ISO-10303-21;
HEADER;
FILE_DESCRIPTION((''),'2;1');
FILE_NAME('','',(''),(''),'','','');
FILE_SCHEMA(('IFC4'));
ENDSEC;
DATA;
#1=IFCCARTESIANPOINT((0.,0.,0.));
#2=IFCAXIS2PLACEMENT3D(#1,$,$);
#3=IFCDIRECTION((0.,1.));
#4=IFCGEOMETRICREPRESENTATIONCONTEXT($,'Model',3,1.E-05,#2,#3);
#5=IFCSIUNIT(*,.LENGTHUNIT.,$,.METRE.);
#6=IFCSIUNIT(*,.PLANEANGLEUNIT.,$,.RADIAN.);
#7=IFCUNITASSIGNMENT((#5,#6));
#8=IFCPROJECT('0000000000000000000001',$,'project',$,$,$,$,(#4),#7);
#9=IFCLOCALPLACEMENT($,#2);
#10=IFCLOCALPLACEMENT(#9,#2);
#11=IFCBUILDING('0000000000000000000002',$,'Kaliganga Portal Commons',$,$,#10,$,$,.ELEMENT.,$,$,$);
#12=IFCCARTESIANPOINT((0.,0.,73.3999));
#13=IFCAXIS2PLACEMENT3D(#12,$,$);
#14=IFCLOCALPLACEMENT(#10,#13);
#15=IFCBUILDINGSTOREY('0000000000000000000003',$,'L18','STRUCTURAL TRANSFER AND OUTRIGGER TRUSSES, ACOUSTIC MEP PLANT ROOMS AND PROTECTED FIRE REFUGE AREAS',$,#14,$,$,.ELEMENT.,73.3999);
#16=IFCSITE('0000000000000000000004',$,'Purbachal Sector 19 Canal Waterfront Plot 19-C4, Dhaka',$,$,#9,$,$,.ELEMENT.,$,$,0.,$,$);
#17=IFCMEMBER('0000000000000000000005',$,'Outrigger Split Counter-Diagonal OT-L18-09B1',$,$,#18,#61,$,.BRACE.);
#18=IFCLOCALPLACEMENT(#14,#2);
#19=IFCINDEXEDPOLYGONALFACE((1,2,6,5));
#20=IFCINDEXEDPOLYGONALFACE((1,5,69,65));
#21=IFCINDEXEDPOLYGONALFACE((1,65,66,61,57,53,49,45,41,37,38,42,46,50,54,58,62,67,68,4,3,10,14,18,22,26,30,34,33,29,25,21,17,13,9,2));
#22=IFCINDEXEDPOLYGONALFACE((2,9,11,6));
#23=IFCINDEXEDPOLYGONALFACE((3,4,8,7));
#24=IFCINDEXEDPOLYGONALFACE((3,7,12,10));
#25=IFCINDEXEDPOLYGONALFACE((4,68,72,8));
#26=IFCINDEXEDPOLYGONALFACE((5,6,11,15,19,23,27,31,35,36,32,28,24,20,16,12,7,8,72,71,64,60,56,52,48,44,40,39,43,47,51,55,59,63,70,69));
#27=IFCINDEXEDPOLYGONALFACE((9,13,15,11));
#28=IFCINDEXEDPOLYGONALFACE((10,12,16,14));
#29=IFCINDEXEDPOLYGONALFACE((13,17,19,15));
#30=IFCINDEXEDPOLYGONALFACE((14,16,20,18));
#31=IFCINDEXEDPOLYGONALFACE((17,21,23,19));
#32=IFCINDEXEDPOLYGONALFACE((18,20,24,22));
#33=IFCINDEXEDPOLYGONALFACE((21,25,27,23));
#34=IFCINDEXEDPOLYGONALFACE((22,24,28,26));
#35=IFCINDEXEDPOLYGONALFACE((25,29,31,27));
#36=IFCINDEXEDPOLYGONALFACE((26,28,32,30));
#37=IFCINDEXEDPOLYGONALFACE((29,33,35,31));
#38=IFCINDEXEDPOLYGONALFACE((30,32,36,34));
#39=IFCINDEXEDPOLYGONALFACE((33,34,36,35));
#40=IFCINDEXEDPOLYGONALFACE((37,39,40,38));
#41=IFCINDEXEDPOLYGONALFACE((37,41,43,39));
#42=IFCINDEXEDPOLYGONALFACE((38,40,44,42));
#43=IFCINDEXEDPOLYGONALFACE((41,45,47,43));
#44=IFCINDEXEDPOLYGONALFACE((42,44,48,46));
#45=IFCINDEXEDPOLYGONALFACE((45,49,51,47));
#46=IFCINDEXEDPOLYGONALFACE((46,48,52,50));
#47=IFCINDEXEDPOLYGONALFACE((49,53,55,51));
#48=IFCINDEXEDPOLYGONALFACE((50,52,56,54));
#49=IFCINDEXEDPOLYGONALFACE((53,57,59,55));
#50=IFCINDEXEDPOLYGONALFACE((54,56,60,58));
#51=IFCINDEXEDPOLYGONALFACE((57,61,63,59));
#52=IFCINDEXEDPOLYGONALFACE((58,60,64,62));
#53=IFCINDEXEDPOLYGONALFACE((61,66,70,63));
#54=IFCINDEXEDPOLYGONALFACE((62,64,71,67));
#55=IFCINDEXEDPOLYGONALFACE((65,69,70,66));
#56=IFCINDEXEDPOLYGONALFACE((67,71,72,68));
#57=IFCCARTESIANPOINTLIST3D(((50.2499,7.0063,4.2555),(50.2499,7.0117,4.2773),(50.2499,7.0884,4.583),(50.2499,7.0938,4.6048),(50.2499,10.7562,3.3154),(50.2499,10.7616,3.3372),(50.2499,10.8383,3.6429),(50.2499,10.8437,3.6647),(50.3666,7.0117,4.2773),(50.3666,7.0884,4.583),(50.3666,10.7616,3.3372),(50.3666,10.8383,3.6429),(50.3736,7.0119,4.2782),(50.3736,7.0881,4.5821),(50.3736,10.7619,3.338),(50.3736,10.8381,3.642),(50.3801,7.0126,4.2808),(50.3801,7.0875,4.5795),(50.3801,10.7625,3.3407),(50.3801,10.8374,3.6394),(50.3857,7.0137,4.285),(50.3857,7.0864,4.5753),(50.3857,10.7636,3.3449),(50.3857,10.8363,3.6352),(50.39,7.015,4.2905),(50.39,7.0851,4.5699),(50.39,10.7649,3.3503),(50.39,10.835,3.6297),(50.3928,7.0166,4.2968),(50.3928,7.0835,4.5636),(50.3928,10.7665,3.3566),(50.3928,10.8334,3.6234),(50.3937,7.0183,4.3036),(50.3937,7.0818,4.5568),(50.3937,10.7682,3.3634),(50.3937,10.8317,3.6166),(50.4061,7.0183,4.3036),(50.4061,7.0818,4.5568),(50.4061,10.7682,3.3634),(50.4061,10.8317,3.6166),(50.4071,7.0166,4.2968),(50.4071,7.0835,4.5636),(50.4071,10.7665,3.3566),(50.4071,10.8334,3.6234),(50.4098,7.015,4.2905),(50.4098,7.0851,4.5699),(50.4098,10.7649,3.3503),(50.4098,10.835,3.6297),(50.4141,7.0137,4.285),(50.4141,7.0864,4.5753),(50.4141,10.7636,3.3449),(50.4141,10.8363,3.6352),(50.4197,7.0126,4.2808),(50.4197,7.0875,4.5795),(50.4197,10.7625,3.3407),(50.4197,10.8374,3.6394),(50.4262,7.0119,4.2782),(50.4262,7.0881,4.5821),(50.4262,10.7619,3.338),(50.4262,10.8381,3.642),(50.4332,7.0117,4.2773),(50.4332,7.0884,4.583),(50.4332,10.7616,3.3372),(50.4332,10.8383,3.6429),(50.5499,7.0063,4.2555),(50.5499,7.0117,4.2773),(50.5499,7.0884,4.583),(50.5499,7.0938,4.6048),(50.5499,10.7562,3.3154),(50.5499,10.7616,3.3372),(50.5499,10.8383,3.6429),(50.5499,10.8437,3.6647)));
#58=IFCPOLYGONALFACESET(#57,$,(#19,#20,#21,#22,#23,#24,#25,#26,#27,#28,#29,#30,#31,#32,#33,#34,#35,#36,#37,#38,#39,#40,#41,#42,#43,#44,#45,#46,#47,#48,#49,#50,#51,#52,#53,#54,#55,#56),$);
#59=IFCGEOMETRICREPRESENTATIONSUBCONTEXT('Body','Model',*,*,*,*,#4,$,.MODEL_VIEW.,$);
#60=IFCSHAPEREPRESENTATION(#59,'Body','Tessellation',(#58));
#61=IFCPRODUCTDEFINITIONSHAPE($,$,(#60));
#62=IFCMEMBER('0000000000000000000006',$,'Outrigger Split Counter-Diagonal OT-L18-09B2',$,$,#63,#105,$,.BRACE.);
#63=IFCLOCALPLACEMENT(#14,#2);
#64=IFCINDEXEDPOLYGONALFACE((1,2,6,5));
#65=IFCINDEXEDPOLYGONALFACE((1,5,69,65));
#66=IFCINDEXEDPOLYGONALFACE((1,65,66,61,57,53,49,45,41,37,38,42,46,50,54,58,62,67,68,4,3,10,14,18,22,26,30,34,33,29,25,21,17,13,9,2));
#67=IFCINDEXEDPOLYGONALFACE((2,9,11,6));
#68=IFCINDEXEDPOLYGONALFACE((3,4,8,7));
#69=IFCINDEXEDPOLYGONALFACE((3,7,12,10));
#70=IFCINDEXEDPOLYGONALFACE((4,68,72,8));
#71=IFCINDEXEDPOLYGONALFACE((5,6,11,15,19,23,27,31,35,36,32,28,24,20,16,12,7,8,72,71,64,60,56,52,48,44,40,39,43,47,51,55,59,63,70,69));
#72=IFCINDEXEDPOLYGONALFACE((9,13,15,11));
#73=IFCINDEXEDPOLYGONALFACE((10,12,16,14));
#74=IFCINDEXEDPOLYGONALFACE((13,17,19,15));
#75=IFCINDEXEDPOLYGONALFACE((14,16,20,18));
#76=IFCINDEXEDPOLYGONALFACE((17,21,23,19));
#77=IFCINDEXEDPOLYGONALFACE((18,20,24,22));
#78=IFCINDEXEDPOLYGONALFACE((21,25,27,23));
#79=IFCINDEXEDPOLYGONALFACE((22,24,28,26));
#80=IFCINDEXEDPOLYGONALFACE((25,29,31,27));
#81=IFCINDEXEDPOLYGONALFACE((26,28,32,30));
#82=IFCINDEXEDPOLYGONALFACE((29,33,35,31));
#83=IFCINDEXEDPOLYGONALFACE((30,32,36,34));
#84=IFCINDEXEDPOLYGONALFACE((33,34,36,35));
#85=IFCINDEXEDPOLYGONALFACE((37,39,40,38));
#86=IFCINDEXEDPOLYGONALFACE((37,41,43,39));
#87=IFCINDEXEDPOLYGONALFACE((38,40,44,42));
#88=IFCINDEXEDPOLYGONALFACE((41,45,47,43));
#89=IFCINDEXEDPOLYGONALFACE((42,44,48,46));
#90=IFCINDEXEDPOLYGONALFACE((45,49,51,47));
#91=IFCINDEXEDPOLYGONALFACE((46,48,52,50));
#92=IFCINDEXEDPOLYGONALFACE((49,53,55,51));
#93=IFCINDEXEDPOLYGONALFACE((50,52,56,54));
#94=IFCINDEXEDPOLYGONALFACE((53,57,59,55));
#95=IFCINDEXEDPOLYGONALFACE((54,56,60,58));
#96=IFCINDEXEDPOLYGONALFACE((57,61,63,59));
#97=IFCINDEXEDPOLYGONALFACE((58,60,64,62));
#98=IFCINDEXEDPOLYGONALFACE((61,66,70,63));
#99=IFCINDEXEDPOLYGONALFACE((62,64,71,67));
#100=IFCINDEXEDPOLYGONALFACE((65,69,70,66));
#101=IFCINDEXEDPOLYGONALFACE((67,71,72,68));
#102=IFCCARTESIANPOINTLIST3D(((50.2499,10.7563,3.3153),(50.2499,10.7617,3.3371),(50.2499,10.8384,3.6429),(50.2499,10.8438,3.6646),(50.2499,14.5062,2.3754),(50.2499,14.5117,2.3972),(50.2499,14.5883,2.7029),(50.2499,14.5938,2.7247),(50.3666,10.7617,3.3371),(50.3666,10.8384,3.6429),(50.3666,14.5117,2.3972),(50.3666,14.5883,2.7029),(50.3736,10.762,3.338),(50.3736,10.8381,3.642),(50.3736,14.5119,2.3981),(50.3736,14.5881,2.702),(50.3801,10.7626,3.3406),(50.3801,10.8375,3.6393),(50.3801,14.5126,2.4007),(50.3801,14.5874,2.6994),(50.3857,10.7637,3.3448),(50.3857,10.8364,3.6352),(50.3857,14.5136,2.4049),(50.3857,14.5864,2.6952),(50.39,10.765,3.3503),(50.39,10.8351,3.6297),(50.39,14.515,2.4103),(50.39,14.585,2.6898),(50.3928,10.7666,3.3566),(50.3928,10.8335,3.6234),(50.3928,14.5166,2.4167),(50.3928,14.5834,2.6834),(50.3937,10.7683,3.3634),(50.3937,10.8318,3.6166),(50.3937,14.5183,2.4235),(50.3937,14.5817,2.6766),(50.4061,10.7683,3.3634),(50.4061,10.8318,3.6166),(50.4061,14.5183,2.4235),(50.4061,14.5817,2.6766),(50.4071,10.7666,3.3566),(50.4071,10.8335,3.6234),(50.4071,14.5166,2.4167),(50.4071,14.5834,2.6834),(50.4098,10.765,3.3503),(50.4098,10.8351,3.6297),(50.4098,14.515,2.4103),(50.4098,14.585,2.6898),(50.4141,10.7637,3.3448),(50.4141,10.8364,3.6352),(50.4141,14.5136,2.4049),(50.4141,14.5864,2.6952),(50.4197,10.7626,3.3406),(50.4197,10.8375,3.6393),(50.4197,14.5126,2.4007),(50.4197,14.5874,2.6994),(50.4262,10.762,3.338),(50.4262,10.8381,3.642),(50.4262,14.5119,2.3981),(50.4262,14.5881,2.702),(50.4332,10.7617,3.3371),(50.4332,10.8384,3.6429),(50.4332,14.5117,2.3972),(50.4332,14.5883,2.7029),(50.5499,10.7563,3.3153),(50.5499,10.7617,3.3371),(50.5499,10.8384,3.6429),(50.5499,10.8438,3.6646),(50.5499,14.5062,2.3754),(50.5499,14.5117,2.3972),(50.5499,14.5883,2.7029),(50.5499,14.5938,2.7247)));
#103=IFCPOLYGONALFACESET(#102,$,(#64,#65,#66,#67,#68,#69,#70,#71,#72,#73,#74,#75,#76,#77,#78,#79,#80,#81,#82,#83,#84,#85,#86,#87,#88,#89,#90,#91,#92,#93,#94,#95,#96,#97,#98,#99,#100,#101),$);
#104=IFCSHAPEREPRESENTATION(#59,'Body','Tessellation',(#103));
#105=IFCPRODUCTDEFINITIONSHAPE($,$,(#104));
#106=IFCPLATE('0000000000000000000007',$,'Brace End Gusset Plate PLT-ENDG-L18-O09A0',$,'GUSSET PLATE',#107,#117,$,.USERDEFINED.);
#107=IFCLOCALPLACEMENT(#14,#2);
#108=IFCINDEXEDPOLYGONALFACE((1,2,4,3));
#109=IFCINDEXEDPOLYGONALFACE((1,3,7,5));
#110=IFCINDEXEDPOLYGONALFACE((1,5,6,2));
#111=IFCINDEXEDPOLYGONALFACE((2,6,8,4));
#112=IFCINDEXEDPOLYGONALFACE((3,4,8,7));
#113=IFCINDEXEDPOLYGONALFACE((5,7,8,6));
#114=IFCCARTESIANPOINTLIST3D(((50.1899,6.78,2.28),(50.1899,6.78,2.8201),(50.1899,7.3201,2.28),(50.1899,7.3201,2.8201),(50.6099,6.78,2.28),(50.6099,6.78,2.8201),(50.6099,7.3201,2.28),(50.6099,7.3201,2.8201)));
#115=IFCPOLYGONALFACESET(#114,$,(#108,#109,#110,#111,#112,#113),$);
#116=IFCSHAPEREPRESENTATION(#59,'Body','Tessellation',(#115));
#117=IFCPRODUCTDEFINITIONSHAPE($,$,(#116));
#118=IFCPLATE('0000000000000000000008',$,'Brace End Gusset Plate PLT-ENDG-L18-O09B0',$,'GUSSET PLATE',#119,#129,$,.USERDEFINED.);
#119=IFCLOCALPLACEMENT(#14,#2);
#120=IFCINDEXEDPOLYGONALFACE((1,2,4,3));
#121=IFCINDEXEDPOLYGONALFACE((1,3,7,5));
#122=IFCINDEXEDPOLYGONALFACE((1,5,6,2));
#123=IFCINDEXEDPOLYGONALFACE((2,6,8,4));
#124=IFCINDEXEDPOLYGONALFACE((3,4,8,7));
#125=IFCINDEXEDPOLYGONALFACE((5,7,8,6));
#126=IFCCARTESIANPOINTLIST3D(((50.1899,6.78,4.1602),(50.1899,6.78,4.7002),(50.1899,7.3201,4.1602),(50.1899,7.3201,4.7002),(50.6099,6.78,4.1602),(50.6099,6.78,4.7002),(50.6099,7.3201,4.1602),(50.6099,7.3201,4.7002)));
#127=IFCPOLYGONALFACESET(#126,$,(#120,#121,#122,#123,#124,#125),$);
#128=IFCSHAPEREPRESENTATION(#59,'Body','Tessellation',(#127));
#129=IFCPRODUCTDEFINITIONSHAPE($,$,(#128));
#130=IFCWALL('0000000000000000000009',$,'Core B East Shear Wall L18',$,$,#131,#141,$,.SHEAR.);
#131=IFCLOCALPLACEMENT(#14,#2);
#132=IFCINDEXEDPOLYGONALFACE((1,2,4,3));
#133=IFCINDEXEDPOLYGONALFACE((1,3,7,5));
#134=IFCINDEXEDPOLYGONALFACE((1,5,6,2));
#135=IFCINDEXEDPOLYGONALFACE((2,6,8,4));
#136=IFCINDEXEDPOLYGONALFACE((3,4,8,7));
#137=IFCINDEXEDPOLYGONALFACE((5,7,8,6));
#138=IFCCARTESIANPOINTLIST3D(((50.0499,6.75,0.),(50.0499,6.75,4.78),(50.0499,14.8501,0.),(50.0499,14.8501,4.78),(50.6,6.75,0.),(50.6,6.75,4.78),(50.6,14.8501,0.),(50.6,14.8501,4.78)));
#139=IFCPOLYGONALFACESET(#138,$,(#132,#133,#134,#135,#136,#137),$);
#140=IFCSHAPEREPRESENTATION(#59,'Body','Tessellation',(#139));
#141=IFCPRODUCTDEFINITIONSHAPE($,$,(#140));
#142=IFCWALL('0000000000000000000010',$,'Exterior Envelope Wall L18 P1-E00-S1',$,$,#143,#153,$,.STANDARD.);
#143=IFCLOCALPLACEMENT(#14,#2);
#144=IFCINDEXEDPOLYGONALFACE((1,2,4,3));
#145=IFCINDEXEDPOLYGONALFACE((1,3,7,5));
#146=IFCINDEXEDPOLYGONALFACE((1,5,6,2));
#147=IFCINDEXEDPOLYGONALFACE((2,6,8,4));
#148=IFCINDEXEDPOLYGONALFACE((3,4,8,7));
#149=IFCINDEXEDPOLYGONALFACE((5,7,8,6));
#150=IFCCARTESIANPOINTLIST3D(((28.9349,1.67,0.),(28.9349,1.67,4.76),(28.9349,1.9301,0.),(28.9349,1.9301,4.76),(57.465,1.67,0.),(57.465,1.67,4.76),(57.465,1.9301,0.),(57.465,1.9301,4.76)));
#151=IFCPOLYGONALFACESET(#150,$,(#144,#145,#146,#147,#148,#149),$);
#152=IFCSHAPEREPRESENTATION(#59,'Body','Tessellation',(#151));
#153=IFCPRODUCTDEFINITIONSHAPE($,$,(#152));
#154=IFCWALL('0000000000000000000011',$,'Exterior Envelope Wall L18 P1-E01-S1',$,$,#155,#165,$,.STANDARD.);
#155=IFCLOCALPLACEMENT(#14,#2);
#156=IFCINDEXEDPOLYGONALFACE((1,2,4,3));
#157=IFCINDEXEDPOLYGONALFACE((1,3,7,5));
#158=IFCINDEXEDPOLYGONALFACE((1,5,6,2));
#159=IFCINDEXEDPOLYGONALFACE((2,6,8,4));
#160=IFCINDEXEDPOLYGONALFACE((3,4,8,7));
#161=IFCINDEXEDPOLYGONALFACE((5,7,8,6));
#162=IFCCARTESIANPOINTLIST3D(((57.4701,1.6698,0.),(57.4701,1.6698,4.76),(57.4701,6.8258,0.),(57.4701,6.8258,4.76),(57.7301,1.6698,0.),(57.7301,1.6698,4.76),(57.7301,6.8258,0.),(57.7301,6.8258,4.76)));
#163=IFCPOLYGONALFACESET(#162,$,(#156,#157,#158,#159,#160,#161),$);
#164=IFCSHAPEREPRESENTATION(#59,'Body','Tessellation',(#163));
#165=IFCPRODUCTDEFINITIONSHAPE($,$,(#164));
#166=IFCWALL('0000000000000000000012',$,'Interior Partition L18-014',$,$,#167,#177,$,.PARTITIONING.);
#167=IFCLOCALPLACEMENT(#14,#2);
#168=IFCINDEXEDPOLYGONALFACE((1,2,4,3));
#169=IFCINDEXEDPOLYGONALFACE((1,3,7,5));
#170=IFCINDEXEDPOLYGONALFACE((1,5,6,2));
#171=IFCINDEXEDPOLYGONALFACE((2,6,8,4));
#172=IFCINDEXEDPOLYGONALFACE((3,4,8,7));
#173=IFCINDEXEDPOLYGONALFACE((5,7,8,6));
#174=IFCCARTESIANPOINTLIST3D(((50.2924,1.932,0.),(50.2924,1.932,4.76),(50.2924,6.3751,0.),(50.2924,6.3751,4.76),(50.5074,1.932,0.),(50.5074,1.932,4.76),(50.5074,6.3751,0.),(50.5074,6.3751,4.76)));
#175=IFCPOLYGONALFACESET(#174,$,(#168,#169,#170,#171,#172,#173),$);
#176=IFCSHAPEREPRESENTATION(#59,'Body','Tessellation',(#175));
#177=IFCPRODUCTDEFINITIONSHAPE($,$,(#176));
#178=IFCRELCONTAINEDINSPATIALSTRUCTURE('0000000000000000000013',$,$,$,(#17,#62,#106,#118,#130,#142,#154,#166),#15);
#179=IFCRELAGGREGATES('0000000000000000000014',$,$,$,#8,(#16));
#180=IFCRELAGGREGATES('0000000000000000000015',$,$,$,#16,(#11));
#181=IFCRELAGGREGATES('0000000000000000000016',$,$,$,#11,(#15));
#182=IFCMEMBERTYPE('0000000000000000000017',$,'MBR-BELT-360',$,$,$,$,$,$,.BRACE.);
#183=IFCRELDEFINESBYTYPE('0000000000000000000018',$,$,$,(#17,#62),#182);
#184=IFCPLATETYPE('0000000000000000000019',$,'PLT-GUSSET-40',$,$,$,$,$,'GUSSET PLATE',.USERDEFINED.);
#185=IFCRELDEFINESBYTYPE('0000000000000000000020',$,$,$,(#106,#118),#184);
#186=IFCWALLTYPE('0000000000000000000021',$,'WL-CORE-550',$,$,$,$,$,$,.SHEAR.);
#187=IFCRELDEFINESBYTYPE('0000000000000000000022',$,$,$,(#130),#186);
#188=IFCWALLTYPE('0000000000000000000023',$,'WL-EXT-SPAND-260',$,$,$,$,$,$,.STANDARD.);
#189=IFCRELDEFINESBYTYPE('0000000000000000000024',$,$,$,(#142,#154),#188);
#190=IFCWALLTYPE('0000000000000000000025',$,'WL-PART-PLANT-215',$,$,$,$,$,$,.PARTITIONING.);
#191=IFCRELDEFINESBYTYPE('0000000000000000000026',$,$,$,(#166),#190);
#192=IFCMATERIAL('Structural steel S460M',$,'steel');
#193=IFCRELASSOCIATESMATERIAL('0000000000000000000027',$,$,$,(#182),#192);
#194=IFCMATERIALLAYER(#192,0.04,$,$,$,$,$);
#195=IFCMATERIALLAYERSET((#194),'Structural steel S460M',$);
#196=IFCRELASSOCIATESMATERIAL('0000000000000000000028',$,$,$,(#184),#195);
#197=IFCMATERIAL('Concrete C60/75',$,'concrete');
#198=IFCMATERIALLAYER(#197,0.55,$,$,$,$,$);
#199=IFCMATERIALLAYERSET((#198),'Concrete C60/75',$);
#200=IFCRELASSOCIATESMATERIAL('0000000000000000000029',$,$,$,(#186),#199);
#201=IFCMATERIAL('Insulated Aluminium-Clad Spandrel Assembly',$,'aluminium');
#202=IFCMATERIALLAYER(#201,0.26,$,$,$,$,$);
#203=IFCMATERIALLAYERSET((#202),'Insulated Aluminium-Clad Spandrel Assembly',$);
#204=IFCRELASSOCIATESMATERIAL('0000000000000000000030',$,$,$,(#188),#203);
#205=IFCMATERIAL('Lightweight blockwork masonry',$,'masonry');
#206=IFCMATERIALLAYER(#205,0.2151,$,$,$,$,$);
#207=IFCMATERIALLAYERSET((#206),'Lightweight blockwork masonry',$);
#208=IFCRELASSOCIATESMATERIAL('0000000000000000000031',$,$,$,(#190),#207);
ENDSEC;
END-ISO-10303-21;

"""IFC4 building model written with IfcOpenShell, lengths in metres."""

from ifc_helpers import new_model, si_unit, direction, frame, frame_2d, origin, origin_2d, place, context, subcontext, project, spatial, rectangle, i_section, extrude, source, transform, mapped, material, layer, layer_set, material_profile, profile_set, type_object, element, save


model = new_model("IFC4")

# Units and contexts
model_context = context("Model", 3, precision=1e-05, world=origin(), true_north=direction((0.0, 1.0)))
body_context = subcontext(model_context, "Body", "Model", "MODEL_VIEW")
ifc_project = project(units=[si_unit("LENGTHUNIT", "METRE"), si_unit("PLANEANGLEUNIT", "RADIAN")], contexts=[model_context])

# Site, building, storey
site_placement = place(None, origin())
site = spatial("IfcSite", under=ifc_project, at=site_placement, Name="Purbachal Sector 19 Canal Waterfront Plot 19-C4, Dhaka", CompositionType="ELEMENT", RefElevation=0.0)
building_placement = place(site_placement, origin())
building = spatial("IfcBuilding", under=site, at=building_placement, Name="Kaliganga Portal Commons", CompositionType="ELEMENT")
storey_placement = place(building_placement, frame((0.0, 0.0, 73.3999)))
storey = spatial("IfcBuildingStorey", under=building, at=storey_placement, Name="L18", Description="STRUCTURAL TRANSFER AND OUTRIGGER TRUSSES, ACOUSTIC MEP PLANT ROOMS AND PROTECTED FIRE REFUGE AREAS", CompositionType="ELEMENT", Elevation=73.3999)

# Shared definitions
ifc_material_1 = material(Name="Structural steel S460M", Category="steel")

# Members
ifc_material_profile_1 = material_profile(ifc_material_1, i_section(OverallWidth=0.3, OverallDepth=0.3601, WebThickness=0.0125, FlangeThickness=0.0225, FilletRadius=0.0271, at=origin_2d()), Name="HE 360 B")
ifc_profile_set_1 = profile_set([ifc_material_profile_1], Name="Structural steel S460M wide-flange")
member_type_1 = type_object("IfcMemberType", Name="MBR-BELT-360", PredefinedType="BRACE", material=ifc_profile_set_1)
shared_shape_1 = source(origin(), body_context, "Body", "SweptSolid", [
    extrude(i_section(OverallWidth=0.3, OverallDepth=0.3601, WebThickness=0.0125, FlangeThickness=0.0225, FilletRadius=0.0271, at=origin_2d()), origin(), (0.0, 0.0, 1.0), 3.866),
])
for number, where, z_axis, x_axis, name in (
    (1, (50.3999, 7.05, 4.4302), (0.0, 0.969979, -0.243189), (-1.0, 0.0, 0.0), "Outrigger Split Counter-Diagonal OT-L18-09B1"),
    (2, (50.3999, 10.8, 3.49), (0.0, 0.969994, -0.24313), (-1.0, 0.0, 0.0), "Outrigger Split Counter-Diagonal OT-L18-09B2"),
):
    element("IfcMember", number, at=place(storey_placement, frame(where, z_axis=z_axis, x_axis=x_axis)), inside=storey, type_object=member_type_1, Name=name, PredefinedType="BRACE", context=body_context, shape_type="MappedRepresentation", body=[
        mapped(shared_shape_1, transform((0.0, 0.0, 0.0), x_axis=(1.0, 0.0, 0.0), y_axis=(0.0, 1.0, 0.0), z_axis=(0.0, 0.0, 1.0), scale=1.0)),
    ])

# Plates
ifc_layer_1 = layer(ifc_material_1, 0.04)
ifc_layer_set_1 = layer_set([ifc_layer_1], Name="Structural steel S460M")
plate_type = type_object("IfcPlateType", Name="PLT-GUSSET-40", ElementType="GUSSET PLATE", PredefinedType="USERDEFINED", material=ifc_layer_set_1)
shared_shape_2 = source(origin(), body_context, "Body", "SweptSolid", [
    extrude(rectangle(XDim=0.54, YDim=0.4199, at=origin_2d()), origin(), (0.0, 0.0, 1.0), 0.54),
])
for number, where, z_axis, x_axis, name in (
    (3, (50.3999, 7.05, 2.28), (0.0, 0.0, 1.0), (0.0, 1.0, 0.0), "Brace End Gusset Plate PLT-ENDG-L18-O09A0"),
    (4, (50.3999, 7.05, 4.1602), (0.0, 0.0, 1.0), (0.0, 1.0, 0.0), "Brace End Gusset Plate PLT-ENDG-L18-O09B0"),
):
    element("IfcPlate", number, at=place(storey_placement, frame(where, z_axis=z_axis, x_axis=x_axis)), inside=storey, type_object=plate_type, Name=name, ObjectType="GUSSET PLATE", PredefinedType="USERDEFINED", context=body_context, shape_type="MappedRepresentation", body=[
        mapped(shared_shape_2, transform((0.0, 0.0, 0.0), x_axis=(1.0, 0.0, 0.0), y_axis=(0.0, 1.0, 0.0), z_axis=(0.0, 0.0, 1.0), scale=1.0)),
    ])

# Walls
ifc_material_2 = material(Name="Concrete C60/75", Category="concrete")
ifc_layer_2 = layer(ifc_material_2, 0.55)
ifc_layer_set_2 = layer_set([ifc_layer_2], Name="Concrete C60/75")
wall_type_1 = type_object("IfcWallType", Name="WL-CORE-550", PredefinedType="SHEAR", material=ifc_layer_set_2)
wall_1_placement = place(storey_placement, frame((50.325, 6.75, 0.0), z_axis=(0.0, 0.0, 1.0), x_axis=(0.0, 1.0, 0.0)))
element("IfcWall", 5, at=wall_1_placement, inside=storey, type_object=wall_type_1, Name="Core B East Shear Wall L18", PredefinedType="SHEAR", context=body_context, shape_type="SweptSolid", body=[
    extrude(rectangle(XDim=8.1001, YDim=0.55, at=frame_2d((4.05, 0.0))), origin(), (0.0, 0.0, 1.0), 4.78),
])
ifc_material_3 = material(Name="Insulated Aluminium-Clad Spandrel Assembly", Category="aluminium")
ifc_layer_3 = layer(ifc_material_3, 0.26)
ifc_layer_set_3 = layer_set([ifc_layer_3], Name="Insulated Aluminium-Clad Spandrel Assembly")
wall_type_2 = type_object("IfcWallType", Name="WL-EXT-SPAND-260", PredefinedType="STANDARD", material=ifc_layer_set_3)
wall_2_placement = place(storey_placement, frame((57.4651, 1.8, 0.0), z_axis=(0.0, 0.0, 1.0), x_axis=(-1.0, 0.0, 0.0)))
element("IfcWall", 6, at=wall_2_placement, inside=storey, type_object=wall_type_2, Name="Exterior Envelope Wall L18 P1-E00-S1", PredefinedType="STANDARD", context=body_context, shape_type="SweptSolid", body=[
    extrude(rectangle(XDim=28.53, YDim=0.26, at=frame_2d((14.2651, 0.0))), origin(), (0.0, 0.0, 1.0), 4.76),
])
wall_3_placement = place(storey_placement, frame((57.6001, 6.8259, 0.0), z_axis=(0.0, 0.0, 1.0), x_axis=(0.0, -1.0, 0.0)))
element("IfcWall", 7, at=wall_3_placement, inside=storey, type_object=wall_type_2, Name="Exterior Envelope Wall L18 P1-E01-S1", PredefinedType="STANDARD", context=body_context, shape_type="SweptSolid", body=[
    extrude(rectangle(XDim=5.156, YDim=0.26, at=frame_2d((2.5781, 0.0))), origin(), (0.0, 0.0, 1.0), 4.76),
])
ifc_material_4 = material(Name="Lightweight blockwork masonry", Category="masonry")
ifc_layer_4 = layer(ifc_material_4, 0.2151)
ifc_layer_set_4 = layer_set([ifc_layer_4], Name="Lightweight blockwork masonry")
wall_type_3 = type_object("IfcWallType", Name="WL-PART-PLANT-215", PredefinedType="PARTITIONING", material=ifc_layer_set_4)
wall_4_placement = place(storey_placement, frame((50.3999, 1.9319, 0.0), z_axis=(0.0, 0.0, 1.0), x_axis=(0.0, 1.0, 0.0)))
element("IfcWall", 8, at=wall_4_placement, inside=storey, type_object=wall_type_3, Name="Interior Partition L18-014", PredefinedType="PARTITIONING", context=body_context, shape_type="SweptSolid", body=[
    extrude(rectangle(XDim=4.4431, YDim=0.2151, at=frame_2d((2.2217, 0.0))), origin(), (0.0, 0.0, 1.0), 4.76),
])

save(model, "model.ifc")
